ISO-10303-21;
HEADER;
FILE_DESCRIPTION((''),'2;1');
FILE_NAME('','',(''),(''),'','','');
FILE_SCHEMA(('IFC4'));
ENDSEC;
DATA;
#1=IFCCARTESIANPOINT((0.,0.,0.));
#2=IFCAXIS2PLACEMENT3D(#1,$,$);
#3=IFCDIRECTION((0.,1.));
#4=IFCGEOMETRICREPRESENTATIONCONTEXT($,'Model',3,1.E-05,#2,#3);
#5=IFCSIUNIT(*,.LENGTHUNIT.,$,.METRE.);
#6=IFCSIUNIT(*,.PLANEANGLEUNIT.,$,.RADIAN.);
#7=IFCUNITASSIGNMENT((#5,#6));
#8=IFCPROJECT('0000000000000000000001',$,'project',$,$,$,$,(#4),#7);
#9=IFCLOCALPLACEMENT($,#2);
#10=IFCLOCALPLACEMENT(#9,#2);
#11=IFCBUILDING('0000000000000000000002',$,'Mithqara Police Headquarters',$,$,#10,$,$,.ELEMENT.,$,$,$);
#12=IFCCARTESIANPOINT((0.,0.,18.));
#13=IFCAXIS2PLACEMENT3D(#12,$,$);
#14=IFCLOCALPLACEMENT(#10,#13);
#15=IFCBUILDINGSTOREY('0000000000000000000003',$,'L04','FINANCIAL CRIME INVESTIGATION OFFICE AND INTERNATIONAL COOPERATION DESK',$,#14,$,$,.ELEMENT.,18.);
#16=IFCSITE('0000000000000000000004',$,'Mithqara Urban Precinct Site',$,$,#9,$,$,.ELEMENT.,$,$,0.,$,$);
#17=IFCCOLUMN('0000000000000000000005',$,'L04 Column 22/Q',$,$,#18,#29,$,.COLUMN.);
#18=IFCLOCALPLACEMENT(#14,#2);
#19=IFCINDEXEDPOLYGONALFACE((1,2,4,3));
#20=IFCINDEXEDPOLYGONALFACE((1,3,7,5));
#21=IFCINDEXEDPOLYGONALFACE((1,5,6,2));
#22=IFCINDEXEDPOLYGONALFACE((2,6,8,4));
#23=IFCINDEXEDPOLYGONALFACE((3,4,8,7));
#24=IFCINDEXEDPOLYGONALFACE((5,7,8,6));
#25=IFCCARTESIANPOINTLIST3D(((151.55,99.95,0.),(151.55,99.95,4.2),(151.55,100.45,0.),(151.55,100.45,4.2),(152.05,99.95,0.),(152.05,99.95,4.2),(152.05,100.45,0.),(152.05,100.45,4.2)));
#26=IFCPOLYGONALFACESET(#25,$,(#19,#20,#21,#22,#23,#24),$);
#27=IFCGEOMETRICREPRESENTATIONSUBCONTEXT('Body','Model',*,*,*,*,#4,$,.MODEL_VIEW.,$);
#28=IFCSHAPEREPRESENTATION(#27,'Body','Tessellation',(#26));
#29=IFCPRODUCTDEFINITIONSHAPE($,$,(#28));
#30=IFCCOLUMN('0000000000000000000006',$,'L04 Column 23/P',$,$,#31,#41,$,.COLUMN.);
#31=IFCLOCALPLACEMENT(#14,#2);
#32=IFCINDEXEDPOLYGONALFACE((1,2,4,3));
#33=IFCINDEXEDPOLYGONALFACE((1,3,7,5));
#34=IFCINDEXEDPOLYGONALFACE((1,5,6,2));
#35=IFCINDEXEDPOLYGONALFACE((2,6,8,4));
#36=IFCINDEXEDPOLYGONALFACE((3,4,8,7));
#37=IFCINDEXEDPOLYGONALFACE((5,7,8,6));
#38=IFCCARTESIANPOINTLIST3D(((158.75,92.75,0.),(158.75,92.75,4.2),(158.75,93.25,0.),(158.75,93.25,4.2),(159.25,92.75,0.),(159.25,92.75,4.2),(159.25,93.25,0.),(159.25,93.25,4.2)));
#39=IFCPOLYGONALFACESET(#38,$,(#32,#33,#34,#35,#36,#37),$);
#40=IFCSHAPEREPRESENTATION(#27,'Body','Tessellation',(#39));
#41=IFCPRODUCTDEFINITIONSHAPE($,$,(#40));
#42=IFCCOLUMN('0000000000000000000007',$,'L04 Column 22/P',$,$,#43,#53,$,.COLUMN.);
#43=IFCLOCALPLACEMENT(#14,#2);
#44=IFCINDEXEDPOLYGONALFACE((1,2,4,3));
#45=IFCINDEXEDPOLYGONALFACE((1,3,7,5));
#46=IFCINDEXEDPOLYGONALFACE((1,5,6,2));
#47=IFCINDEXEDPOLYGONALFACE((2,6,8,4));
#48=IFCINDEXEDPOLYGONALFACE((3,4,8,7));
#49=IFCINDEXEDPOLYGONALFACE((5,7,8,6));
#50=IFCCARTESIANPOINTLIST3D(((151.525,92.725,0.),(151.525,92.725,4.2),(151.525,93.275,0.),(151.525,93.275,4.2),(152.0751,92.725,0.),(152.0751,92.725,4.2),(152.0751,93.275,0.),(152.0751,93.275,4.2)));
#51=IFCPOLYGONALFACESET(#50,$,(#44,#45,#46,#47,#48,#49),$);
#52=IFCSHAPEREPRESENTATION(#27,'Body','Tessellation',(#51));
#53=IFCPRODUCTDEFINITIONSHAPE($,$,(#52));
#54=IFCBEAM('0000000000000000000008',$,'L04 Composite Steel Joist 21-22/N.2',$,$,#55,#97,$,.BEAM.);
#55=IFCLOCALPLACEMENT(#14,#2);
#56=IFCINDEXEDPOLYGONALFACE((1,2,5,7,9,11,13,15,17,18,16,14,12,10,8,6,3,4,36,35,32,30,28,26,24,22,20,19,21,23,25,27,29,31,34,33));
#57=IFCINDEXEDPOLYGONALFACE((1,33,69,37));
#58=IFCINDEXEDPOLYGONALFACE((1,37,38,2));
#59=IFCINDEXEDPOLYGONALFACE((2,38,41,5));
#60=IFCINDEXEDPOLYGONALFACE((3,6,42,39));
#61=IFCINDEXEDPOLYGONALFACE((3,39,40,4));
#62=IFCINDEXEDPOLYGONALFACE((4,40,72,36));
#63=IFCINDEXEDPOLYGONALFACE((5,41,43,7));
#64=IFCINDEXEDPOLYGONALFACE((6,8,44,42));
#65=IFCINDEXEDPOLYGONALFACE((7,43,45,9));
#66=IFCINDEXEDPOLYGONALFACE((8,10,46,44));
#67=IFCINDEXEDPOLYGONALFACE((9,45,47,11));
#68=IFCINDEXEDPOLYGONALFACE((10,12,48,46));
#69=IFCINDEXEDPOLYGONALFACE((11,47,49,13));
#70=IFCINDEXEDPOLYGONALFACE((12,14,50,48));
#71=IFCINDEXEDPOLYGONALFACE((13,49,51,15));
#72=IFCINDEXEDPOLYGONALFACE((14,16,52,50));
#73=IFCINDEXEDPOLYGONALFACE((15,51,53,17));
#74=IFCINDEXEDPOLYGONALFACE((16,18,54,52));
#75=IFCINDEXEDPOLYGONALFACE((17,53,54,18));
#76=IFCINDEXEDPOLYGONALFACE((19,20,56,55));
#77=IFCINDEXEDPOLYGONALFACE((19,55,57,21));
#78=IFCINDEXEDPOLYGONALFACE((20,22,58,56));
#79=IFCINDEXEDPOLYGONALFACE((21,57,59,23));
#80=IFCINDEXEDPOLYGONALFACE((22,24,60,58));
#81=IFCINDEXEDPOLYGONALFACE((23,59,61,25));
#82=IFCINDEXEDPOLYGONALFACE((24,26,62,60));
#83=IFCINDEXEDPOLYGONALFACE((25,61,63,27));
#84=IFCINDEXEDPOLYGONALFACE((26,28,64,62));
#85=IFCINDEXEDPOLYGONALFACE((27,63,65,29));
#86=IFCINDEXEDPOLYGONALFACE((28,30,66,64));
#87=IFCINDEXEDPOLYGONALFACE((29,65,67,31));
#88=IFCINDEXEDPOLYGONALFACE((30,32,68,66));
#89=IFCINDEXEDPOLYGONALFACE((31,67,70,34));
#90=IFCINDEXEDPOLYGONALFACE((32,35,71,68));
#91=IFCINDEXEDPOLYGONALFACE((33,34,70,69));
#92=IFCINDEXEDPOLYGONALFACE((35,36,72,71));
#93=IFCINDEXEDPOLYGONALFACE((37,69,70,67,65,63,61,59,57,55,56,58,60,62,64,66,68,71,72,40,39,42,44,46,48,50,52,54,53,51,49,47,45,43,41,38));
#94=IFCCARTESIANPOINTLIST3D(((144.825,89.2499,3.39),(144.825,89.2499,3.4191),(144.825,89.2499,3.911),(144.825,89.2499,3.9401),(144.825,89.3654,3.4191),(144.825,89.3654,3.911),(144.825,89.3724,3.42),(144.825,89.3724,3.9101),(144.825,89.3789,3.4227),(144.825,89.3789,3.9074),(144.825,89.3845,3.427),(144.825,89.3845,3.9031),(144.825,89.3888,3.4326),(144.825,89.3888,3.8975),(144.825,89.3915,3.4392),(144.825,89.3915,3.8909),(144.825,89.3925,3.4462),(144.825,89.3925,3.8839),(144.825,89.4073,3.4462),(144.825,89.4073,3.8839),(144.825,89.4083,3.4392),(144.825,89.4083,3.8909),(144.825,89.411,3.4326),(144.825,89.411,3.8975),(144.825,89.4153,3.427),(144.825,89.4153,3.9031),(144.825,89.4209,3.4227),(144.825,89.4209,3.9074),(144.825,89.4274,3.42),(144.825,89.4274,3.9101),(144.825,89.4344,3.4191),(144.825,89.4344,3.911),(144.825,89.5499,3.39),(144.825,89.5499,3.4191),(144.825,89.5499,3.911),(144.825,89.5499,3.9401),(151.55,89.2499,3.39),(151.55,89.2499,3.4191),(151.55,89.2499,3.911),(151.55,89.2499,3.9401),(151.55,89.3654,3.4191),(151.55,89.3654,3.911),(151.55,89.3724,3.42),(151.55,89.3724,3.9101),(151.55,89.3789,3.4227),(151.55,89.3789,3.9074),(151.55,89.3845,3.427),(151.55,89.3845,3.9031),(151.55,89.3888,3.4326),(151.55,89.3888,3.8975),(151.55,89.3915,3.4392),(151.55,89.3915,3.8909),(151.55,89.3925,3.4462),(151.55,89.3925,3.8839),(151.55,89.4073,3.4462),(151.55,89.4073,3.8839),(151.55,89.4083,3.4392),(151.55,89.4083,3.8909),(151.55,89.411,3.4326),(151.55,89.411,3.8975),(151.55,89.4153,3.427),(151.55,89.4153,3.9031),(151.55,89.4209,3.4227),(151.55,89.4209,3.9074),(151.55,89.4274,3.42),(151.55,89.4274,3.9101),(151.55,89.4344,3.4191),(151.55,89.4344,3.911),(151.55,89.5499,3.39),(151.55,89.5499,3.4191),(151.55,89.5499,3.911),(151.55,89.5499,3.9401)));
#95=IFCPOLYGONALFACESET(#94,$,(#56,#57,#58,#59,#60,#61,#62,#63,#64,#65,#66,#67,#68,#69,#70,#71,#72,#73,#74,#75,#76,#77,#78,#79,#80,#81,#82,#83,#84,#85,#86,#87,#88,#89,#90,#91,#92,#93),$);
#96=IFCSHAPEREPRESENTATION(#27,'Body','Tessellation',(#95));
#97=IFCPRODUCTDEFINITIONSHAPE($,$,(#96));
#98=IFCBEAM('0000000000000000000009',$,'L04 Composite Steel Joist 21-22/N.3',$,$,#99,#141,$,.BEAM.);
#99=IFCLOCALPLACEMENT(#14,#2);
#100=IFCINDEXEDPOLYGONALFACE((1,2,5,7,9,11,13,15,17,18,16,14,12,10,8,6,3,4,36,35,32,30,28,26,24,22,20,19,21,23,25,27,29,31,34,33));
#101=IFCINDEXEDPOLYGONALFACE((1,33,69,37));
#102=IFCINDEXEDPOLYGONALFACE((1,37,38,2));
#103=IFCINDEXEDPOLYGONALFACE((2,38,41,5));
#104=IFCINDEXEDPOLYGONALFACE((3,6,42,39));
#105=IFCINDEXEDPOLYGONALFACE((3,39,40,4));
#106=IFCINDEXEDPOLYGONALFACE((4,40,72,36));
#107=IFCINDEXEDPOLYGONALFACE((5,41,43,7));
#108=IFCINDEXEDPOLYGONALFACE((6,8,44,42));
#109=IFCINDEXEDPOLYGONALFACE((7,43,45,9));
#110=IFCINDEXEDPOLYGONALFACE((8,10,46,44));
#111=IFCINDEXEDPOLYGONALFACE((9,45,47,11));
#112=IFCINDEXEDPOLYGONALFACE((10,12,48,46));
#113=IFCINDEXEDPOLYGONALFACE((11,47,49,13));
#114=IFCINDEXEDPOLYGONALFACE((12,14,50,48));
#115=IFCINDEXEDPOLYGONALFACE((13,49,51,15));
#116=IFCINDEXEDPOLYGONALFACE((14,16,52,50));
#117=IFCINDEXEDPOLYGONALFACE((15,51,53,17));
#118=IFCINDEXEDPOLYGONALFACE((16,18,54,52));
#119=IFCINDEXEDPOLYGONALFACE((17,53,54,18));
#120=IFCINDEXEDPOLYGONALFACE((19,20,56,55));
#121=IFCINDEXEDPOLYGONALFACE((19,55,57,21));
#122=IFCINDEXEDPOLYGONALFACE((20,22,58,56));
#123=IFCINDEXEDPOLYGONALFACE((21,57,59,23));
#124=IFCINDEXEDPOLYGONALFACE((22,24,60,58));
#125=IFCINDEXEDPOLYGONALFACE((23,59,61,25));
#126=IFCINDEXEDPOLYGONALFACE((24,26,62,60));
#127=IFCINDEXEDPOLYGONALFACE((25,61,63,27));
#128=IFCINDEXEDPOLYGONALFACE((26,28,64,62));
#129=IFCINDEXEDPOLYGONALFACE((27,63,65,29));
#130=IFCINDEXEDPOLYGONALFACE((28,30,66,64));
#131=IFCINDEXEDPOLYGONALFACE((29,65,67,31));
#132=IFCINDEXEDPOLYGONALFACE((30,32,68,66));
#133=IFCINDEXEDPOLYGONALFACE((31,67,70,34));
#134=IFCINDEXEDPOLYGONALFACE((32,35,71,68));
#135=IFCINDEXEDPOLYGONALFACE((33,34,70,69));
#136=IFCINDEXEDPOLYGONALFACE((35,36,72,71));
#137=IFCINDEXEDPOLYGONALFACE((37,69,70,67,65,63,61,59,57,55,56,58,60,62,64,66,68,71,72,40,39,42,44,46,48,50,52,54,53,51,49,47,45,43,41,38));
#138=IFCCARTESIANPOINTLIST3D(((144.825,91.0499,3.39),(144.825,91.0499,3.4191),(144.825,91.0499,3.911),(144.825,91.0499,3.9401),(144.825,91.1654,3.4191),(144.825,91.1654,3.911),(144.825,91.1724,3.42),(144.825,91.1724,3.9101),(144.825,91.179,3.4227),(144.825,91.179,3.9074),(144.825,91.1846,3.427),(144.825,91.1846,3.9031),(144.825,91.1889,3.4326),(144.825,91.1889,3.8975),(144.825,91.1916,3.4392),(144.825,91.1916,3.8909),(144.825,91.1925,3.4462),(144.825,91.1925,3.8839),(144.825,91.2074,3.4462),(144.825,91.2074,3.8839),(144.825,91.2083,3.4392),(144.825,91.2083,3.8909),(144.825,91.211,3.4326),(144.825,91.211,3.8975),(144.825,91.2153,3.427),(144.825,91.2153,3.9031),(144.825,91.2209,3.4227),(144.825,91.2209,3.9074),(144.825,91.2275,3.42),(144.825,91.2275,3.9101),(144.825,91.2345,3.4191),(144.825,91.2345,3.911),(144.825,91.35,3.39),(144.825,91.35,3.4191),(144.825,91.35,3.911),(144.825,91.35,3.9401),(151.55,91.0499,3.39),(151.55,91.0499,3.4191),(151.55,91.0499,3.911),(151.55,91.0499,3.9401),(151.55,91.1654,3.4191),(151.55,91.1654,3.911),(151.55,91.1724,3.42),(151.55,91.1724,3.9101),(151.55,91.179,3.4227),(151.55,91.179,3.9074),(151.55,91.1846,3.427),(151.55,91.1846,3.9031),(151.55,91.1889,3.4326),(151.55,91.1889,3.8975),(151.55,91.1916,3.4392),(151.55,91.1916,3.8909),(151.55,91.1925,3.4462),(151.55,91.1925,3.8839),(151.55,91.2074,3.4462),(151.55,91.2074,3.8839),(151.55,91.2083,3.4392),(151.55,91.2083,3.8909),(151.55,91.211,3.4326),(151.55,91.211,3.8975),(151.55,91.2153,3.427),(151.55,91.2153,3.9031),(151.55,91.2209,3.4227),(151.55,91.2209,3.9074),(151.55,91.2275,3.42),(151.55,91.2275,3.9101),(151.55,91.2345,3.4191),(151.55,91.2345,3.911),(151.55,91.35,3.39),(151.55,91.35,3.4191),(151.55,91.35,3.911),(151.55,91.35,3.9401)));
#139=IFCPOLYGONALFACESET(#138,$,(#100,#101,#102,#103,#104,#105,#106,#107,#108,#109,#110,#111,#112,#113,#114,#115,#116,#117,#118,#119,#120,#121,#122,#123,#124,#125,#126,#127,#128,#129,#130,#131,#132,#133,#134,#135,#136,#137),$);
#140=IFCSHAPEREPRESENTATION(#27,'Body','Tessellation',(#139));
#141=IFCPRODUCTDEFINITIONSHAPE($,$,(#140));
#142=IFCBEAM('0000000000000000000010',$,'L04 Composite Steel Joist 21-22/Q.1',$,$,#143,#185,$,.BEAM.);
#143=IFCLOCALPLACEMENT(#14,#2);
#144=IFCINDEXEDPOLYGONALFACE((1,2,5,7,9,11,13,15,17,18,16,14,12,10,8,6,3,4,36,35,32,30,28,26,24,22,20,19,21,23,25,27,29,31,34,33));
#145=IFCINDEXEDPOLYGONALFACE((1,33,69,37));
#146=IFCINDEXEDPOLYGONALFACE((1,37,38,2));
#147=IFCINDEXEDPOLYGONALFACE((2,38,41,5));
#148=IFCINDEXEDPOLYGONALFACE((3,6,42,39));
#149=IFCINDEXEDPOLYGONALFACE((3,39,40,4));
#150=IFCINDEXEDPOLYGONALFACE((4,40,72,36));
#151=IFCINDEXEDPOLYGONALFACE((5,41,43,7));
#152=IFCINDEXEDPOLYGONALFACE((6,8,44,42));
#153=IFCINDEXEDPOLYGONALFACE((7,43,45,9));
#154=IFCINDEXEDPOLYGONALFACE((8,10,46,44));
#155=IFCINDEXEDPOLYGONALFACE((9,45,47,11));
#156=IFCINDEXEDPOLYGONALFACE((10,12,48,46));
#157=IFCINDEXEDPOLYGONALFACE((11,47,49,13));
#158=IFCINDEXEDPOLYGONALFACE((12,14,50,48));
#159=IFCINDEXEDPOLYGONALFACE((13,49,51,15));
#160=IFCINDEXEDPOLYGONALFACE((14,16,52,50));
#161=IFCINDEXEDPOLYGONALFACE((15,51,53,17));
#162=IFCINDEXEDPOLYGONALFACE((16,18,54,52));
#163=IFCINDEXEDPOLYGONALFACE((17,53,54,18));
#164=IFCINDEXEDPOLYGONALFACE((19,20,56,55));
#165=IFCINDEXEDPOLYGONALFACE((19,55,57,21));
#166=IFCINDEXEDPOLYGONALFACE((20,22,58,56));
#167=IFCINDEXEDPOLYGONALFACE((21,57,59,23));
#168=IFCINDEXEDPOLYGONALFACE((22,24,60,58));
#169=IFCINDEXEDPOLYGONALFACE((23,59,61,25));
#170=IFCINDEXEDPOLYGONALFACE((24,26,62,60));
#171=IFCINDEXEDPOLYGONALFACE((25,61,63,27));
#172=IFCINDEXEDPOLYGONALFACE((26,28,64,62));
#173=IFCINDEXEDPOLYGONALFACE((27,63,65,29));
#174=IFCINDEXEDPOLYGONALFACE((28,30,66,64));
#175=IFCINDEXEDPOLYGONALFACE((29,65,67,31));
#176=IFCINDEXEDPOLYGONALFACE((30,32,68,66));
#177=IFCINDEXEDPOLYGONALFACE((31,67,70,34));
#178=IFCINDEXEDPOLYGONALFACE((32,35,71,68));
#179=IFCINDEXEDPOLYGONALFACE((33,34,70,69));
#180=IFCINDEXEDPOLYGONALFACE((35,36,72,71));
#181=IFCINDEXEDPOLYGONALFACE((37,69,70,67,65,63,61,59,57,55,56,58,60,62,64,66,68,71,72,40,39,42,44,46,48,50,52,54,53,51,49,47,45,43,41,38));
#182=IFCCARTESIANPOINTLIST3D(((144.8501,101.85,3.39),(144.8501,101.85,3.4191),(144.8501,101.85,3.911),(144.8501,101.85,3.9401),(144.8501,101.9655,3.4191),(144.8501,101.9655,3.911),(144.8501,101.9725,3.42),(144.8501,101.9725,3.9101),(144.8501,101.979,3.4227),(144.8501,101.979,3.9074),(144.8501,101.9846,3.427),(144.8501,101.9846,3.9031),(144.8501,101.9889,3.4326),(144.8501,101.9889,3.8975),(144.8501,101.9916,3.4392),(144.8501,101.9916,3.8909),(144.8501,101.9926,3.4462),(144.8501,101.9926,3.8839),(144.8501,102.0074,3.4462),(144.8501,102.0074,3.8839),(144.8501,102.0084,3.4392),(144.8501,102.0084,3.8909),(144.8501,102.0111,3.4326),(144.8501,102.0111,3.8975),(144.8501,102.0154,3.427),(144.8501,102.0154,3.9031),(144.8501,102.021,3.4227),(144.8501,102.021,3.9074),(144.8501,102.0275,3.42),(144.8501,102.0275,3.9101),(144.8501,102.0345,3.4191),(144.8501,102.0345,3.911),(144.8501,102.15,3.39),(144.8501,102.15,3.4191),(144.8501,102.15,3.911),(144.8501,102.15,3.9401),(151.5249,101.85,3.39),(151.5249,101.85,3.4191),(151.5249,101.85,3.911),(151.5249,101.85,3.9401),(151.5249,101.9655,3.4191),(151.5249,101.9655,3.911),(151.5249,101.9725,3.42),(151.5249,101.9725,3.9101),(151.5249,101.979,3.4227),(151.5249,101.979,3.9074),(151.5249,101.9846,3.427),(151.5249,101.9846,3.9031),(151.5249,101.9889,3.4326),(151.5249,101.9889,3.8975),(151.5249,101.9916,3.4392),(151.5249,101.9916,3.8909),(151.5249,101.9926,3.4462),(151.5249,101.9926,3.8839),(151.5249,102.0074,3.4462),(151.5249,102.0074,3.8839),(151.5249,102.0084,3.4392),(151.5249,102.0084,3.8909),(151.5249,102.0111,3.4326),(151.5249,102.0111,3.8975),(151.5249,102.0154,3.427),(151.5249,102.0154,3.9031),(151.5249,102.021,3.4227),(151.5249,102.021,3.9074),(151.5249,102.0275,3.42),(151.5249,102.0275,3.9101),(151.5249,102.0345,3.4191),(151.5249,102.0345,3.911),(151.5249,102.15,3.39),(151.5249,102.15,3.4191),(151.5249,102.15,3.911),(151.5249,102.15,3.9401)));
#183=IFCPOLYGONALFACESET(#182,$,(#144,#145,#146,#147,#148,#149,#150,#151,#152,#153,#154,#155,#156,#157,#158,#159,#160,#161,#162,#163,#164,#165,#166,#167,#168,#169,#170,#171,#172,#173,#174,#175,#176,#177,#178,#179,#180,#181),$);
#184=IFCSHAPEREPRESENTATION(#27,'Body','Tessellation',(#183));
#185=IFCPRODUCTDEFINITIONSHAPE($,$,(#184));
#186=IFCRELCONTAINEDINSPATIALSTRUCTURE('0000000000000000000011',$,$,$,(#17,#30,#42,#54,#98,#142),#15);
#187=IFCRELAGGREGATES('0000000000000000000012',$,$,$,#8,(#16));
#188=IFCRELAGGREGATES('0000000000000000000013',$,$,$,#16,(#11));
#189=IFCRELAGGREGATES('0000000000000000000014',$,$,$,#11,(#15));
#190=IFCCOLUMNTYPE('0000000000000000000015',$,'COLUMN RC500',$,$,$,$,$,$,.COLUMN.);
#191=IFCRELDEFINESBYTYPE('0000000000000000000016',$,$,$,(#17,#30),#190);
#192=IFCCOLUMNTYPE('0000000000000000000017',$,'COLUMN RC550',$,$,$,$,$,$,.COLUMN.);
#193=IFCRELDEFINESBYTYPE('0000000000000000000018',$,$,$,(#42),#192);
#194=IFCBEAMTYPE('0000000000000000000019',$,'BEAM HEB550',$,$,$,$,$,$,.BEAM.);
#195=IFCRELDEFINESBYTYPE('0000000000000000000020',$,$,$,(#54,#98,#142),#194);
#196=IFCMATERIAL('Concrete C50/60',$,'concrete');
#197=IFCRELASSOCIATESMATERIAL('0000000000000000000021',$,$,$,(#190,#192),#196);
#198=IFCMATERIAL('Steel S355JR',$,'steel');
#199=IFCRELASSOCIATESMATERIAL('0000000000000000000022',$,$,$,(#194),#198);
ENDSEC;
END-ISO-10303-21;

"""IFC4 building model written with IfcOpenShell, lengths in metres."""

from ifc_helpers import new_model, si_unit, direction, frame, origin, origin_2d, place, context, subcontext, project, spatial, rectangle, i_section, extrude, material, material_profile, profile_set, type_object, element, save


model = new_model("IFC4")

# Units and contexts
model_context = context("Model", 3, precision=1e-05, world=origin(), true_north=direction((0.0, 1.0)))
body_context = subcontext(model_context, "Body", "Model", "MODEL_VIEW")
ifc_project = project(units=[si_unit("LENGTHUNIT", "METRE"), si_unit("PLANEANGLEUNIT", "RADIAN")], contexts=[model_context])

# Site, building, storey
site_placement = place(None, origin())
site = spatial("IfcSite", under=ifc_project, at=site_placement, Name="Mithqara Urban Precinct Site", CompositionType="ELEMENT", RefElevation=0.0)
building_placement = place(site_placement, origin())
building = spatial("IfcBuilding", under=site, at=building_placement, Name="Mithqara Police Headquarters", CompositionType="ELEMENT")
storey_placement = place(building_placement, frame((0.0, 0.0, 18.0)))
storey = spatial("IfcBuildingStorey", under=building, at=storey_placement, Name="L04", Description="FINANCIAL CRIME INVESTIGATION OFFICE AND INTERNATIONAL COOPERATION DESK", CompositionType="ELEMENT", Elevation=18.0)

# Columns
ifc_material_1 = material(Name="Concrete C50/60", Category="concrete")
ifc_material_profile_1 = material_profile(ifc_material_1, rectangle(XDim=0.5, YDim=0.5, at=origin_2d()), Name="RC 500x500")
ifc_profile_set_1 = profile_set([ifc_material_profile_1], Name="Concrete C50/60")
column_type_1 = type_object("IfcColumnType", Name="COLUMN RC500", PredefinedType="COLUMN", material=ifc_profile_set_1)
for number, where, z_axis, x_axis, name in (
    (1, (151.8, 100.2, 0.0), (0.0, 0.0, 1.0), (1.0, 0.0, 0.0), "L04 Column 22/Q"),
    (2, (159.0, 93.0, 0.0), (0.0, 0.0, 1.0), (1.0, 0.0, 0.0), "L04 Column 23/P"),
):
    element("IfcColumn", number, at=place(storey_placement, frame(where, z_axis=z_axis, x_axis=x_axis)), inside=storey, type_object=column_type_1, Name=name, PredefinedType="COLUMN", context=body_context, shape_type="SweptSolid", body=[
        extrude(rectangle(XDim=0.5, YDim=0.5, at=origin_2d()), origin(), (0.0, 0.0, 1.0), 4.2),
    ])
ifc_material_profile_2 = material_profile(ifc_material_1, rectangle(XDim=0.55, YDim=0.55, at=origin_2d()), Name="RC 550x550")
ifc_profile_set_2 = profile_set([ifc_material_profile_2], Name="Concrete C50/60")
column_type_2 = type_object("IfcColumnType", Name="COLUMN RC550", PredefinedType="COLUMN", material=ifc_profile_set_2)
column_placement = place(storey_placement, frame((151.8, 93.0, 0.0), z_axis=(0.0, 0.0, 1.0), x_axis=(1.0, 0.0, 0.0)))
element("IfcColumn", 3, at=column_placement, inside=storey, type_object=column_type_2, Name="L04 Column 22/P", PredefinedType="COLUMN", context=body_context, shape_type="SweptSolid", body=[
    extrude(rectangle(XDim=0.55, YDim=0.55, at=origin_2d()), origin(), (0.0, 0.0, 1.0), 4.2),
])

# Beams
ifc_material_2 = material(Name="Steel S355JR", Category="steel")
ifc_material_profile_3 = material_profile(ifc_material_2, i_section(OverallWidth=0.3, OverallDepth=0.55, WebThickness=0.0149, FlangeThickness=0.0291, FilletRadius=0.0271, at=origin_2d()), Name="HEB 550")
ifc_profile_set_3 = profile_set([ifc_material_profile_3], Name="Steel S355JR")
beam_type_1 = type_object("IfcBeamType", Name="BEAM HEB550", PredefinedType="BEAM", material=ifc_profile_set_3)
for number, where, z_axis, x_axis, name in (
    (4, (144.825, 89.3999, 3.665), (1.0, 0.0, 0.0), (0.0, 1.0, 0.0), "L04 Composite Steel Joist 21-22/N.2"),
    (5, (144.825, 91.2, 3.665), (1.0, 0.0, 0.0), (0.0, 1.0, 0.0), "L04 Composite Steel Joist 21-22/N.3"),
):
    element("IfcBeam", number, at=place(storey_placement, frame(where, z_axis=z_axis, x_axis=x_axis)), inside=storey, type_object=beam_type_1, Name=name, PredefinedType="BEAM", context=body_context, shape_type="SweptSolid", body=[
        extrude(i_section(OverallWidth=0.3, OverallDepth=0.55, WebThickness=0.0149, FlangeThickness=0.0291, FilletRadius=0.0271, at=origin_2d()), origin(), (0.0, 0.0, 1.0), 6.7251),
    ])
for number, where, z_axis, x_axis, name in (
    (6, (144.8501, 102.0, 3.665), (1.0, 0.0, 0.0), (0.0, 1.0, 0.0), "L04 Composite Steel Joist 21-22/Q.1"),
):
    element("IfcBeam", number, at=place(storey_placement, frame(where, z_axis=z_axis, x_axis=x_axis)), inside=storey, type_object=beam_type_1, Name=name, PredefinedType="BEAM", context=body_context, shape_type="SweptSolid", body=[
        extrude(i_section(OverallWidth=0.3, OverallDepth=0.55, WebThickness=0.0149, FlangeThickness=0.0291, FilletRadius=0.0271, at=origin_2d()), origin(), (0.0, 0.0, 1.0), 6.6748),
    ])

save(model, "model.ifc")
